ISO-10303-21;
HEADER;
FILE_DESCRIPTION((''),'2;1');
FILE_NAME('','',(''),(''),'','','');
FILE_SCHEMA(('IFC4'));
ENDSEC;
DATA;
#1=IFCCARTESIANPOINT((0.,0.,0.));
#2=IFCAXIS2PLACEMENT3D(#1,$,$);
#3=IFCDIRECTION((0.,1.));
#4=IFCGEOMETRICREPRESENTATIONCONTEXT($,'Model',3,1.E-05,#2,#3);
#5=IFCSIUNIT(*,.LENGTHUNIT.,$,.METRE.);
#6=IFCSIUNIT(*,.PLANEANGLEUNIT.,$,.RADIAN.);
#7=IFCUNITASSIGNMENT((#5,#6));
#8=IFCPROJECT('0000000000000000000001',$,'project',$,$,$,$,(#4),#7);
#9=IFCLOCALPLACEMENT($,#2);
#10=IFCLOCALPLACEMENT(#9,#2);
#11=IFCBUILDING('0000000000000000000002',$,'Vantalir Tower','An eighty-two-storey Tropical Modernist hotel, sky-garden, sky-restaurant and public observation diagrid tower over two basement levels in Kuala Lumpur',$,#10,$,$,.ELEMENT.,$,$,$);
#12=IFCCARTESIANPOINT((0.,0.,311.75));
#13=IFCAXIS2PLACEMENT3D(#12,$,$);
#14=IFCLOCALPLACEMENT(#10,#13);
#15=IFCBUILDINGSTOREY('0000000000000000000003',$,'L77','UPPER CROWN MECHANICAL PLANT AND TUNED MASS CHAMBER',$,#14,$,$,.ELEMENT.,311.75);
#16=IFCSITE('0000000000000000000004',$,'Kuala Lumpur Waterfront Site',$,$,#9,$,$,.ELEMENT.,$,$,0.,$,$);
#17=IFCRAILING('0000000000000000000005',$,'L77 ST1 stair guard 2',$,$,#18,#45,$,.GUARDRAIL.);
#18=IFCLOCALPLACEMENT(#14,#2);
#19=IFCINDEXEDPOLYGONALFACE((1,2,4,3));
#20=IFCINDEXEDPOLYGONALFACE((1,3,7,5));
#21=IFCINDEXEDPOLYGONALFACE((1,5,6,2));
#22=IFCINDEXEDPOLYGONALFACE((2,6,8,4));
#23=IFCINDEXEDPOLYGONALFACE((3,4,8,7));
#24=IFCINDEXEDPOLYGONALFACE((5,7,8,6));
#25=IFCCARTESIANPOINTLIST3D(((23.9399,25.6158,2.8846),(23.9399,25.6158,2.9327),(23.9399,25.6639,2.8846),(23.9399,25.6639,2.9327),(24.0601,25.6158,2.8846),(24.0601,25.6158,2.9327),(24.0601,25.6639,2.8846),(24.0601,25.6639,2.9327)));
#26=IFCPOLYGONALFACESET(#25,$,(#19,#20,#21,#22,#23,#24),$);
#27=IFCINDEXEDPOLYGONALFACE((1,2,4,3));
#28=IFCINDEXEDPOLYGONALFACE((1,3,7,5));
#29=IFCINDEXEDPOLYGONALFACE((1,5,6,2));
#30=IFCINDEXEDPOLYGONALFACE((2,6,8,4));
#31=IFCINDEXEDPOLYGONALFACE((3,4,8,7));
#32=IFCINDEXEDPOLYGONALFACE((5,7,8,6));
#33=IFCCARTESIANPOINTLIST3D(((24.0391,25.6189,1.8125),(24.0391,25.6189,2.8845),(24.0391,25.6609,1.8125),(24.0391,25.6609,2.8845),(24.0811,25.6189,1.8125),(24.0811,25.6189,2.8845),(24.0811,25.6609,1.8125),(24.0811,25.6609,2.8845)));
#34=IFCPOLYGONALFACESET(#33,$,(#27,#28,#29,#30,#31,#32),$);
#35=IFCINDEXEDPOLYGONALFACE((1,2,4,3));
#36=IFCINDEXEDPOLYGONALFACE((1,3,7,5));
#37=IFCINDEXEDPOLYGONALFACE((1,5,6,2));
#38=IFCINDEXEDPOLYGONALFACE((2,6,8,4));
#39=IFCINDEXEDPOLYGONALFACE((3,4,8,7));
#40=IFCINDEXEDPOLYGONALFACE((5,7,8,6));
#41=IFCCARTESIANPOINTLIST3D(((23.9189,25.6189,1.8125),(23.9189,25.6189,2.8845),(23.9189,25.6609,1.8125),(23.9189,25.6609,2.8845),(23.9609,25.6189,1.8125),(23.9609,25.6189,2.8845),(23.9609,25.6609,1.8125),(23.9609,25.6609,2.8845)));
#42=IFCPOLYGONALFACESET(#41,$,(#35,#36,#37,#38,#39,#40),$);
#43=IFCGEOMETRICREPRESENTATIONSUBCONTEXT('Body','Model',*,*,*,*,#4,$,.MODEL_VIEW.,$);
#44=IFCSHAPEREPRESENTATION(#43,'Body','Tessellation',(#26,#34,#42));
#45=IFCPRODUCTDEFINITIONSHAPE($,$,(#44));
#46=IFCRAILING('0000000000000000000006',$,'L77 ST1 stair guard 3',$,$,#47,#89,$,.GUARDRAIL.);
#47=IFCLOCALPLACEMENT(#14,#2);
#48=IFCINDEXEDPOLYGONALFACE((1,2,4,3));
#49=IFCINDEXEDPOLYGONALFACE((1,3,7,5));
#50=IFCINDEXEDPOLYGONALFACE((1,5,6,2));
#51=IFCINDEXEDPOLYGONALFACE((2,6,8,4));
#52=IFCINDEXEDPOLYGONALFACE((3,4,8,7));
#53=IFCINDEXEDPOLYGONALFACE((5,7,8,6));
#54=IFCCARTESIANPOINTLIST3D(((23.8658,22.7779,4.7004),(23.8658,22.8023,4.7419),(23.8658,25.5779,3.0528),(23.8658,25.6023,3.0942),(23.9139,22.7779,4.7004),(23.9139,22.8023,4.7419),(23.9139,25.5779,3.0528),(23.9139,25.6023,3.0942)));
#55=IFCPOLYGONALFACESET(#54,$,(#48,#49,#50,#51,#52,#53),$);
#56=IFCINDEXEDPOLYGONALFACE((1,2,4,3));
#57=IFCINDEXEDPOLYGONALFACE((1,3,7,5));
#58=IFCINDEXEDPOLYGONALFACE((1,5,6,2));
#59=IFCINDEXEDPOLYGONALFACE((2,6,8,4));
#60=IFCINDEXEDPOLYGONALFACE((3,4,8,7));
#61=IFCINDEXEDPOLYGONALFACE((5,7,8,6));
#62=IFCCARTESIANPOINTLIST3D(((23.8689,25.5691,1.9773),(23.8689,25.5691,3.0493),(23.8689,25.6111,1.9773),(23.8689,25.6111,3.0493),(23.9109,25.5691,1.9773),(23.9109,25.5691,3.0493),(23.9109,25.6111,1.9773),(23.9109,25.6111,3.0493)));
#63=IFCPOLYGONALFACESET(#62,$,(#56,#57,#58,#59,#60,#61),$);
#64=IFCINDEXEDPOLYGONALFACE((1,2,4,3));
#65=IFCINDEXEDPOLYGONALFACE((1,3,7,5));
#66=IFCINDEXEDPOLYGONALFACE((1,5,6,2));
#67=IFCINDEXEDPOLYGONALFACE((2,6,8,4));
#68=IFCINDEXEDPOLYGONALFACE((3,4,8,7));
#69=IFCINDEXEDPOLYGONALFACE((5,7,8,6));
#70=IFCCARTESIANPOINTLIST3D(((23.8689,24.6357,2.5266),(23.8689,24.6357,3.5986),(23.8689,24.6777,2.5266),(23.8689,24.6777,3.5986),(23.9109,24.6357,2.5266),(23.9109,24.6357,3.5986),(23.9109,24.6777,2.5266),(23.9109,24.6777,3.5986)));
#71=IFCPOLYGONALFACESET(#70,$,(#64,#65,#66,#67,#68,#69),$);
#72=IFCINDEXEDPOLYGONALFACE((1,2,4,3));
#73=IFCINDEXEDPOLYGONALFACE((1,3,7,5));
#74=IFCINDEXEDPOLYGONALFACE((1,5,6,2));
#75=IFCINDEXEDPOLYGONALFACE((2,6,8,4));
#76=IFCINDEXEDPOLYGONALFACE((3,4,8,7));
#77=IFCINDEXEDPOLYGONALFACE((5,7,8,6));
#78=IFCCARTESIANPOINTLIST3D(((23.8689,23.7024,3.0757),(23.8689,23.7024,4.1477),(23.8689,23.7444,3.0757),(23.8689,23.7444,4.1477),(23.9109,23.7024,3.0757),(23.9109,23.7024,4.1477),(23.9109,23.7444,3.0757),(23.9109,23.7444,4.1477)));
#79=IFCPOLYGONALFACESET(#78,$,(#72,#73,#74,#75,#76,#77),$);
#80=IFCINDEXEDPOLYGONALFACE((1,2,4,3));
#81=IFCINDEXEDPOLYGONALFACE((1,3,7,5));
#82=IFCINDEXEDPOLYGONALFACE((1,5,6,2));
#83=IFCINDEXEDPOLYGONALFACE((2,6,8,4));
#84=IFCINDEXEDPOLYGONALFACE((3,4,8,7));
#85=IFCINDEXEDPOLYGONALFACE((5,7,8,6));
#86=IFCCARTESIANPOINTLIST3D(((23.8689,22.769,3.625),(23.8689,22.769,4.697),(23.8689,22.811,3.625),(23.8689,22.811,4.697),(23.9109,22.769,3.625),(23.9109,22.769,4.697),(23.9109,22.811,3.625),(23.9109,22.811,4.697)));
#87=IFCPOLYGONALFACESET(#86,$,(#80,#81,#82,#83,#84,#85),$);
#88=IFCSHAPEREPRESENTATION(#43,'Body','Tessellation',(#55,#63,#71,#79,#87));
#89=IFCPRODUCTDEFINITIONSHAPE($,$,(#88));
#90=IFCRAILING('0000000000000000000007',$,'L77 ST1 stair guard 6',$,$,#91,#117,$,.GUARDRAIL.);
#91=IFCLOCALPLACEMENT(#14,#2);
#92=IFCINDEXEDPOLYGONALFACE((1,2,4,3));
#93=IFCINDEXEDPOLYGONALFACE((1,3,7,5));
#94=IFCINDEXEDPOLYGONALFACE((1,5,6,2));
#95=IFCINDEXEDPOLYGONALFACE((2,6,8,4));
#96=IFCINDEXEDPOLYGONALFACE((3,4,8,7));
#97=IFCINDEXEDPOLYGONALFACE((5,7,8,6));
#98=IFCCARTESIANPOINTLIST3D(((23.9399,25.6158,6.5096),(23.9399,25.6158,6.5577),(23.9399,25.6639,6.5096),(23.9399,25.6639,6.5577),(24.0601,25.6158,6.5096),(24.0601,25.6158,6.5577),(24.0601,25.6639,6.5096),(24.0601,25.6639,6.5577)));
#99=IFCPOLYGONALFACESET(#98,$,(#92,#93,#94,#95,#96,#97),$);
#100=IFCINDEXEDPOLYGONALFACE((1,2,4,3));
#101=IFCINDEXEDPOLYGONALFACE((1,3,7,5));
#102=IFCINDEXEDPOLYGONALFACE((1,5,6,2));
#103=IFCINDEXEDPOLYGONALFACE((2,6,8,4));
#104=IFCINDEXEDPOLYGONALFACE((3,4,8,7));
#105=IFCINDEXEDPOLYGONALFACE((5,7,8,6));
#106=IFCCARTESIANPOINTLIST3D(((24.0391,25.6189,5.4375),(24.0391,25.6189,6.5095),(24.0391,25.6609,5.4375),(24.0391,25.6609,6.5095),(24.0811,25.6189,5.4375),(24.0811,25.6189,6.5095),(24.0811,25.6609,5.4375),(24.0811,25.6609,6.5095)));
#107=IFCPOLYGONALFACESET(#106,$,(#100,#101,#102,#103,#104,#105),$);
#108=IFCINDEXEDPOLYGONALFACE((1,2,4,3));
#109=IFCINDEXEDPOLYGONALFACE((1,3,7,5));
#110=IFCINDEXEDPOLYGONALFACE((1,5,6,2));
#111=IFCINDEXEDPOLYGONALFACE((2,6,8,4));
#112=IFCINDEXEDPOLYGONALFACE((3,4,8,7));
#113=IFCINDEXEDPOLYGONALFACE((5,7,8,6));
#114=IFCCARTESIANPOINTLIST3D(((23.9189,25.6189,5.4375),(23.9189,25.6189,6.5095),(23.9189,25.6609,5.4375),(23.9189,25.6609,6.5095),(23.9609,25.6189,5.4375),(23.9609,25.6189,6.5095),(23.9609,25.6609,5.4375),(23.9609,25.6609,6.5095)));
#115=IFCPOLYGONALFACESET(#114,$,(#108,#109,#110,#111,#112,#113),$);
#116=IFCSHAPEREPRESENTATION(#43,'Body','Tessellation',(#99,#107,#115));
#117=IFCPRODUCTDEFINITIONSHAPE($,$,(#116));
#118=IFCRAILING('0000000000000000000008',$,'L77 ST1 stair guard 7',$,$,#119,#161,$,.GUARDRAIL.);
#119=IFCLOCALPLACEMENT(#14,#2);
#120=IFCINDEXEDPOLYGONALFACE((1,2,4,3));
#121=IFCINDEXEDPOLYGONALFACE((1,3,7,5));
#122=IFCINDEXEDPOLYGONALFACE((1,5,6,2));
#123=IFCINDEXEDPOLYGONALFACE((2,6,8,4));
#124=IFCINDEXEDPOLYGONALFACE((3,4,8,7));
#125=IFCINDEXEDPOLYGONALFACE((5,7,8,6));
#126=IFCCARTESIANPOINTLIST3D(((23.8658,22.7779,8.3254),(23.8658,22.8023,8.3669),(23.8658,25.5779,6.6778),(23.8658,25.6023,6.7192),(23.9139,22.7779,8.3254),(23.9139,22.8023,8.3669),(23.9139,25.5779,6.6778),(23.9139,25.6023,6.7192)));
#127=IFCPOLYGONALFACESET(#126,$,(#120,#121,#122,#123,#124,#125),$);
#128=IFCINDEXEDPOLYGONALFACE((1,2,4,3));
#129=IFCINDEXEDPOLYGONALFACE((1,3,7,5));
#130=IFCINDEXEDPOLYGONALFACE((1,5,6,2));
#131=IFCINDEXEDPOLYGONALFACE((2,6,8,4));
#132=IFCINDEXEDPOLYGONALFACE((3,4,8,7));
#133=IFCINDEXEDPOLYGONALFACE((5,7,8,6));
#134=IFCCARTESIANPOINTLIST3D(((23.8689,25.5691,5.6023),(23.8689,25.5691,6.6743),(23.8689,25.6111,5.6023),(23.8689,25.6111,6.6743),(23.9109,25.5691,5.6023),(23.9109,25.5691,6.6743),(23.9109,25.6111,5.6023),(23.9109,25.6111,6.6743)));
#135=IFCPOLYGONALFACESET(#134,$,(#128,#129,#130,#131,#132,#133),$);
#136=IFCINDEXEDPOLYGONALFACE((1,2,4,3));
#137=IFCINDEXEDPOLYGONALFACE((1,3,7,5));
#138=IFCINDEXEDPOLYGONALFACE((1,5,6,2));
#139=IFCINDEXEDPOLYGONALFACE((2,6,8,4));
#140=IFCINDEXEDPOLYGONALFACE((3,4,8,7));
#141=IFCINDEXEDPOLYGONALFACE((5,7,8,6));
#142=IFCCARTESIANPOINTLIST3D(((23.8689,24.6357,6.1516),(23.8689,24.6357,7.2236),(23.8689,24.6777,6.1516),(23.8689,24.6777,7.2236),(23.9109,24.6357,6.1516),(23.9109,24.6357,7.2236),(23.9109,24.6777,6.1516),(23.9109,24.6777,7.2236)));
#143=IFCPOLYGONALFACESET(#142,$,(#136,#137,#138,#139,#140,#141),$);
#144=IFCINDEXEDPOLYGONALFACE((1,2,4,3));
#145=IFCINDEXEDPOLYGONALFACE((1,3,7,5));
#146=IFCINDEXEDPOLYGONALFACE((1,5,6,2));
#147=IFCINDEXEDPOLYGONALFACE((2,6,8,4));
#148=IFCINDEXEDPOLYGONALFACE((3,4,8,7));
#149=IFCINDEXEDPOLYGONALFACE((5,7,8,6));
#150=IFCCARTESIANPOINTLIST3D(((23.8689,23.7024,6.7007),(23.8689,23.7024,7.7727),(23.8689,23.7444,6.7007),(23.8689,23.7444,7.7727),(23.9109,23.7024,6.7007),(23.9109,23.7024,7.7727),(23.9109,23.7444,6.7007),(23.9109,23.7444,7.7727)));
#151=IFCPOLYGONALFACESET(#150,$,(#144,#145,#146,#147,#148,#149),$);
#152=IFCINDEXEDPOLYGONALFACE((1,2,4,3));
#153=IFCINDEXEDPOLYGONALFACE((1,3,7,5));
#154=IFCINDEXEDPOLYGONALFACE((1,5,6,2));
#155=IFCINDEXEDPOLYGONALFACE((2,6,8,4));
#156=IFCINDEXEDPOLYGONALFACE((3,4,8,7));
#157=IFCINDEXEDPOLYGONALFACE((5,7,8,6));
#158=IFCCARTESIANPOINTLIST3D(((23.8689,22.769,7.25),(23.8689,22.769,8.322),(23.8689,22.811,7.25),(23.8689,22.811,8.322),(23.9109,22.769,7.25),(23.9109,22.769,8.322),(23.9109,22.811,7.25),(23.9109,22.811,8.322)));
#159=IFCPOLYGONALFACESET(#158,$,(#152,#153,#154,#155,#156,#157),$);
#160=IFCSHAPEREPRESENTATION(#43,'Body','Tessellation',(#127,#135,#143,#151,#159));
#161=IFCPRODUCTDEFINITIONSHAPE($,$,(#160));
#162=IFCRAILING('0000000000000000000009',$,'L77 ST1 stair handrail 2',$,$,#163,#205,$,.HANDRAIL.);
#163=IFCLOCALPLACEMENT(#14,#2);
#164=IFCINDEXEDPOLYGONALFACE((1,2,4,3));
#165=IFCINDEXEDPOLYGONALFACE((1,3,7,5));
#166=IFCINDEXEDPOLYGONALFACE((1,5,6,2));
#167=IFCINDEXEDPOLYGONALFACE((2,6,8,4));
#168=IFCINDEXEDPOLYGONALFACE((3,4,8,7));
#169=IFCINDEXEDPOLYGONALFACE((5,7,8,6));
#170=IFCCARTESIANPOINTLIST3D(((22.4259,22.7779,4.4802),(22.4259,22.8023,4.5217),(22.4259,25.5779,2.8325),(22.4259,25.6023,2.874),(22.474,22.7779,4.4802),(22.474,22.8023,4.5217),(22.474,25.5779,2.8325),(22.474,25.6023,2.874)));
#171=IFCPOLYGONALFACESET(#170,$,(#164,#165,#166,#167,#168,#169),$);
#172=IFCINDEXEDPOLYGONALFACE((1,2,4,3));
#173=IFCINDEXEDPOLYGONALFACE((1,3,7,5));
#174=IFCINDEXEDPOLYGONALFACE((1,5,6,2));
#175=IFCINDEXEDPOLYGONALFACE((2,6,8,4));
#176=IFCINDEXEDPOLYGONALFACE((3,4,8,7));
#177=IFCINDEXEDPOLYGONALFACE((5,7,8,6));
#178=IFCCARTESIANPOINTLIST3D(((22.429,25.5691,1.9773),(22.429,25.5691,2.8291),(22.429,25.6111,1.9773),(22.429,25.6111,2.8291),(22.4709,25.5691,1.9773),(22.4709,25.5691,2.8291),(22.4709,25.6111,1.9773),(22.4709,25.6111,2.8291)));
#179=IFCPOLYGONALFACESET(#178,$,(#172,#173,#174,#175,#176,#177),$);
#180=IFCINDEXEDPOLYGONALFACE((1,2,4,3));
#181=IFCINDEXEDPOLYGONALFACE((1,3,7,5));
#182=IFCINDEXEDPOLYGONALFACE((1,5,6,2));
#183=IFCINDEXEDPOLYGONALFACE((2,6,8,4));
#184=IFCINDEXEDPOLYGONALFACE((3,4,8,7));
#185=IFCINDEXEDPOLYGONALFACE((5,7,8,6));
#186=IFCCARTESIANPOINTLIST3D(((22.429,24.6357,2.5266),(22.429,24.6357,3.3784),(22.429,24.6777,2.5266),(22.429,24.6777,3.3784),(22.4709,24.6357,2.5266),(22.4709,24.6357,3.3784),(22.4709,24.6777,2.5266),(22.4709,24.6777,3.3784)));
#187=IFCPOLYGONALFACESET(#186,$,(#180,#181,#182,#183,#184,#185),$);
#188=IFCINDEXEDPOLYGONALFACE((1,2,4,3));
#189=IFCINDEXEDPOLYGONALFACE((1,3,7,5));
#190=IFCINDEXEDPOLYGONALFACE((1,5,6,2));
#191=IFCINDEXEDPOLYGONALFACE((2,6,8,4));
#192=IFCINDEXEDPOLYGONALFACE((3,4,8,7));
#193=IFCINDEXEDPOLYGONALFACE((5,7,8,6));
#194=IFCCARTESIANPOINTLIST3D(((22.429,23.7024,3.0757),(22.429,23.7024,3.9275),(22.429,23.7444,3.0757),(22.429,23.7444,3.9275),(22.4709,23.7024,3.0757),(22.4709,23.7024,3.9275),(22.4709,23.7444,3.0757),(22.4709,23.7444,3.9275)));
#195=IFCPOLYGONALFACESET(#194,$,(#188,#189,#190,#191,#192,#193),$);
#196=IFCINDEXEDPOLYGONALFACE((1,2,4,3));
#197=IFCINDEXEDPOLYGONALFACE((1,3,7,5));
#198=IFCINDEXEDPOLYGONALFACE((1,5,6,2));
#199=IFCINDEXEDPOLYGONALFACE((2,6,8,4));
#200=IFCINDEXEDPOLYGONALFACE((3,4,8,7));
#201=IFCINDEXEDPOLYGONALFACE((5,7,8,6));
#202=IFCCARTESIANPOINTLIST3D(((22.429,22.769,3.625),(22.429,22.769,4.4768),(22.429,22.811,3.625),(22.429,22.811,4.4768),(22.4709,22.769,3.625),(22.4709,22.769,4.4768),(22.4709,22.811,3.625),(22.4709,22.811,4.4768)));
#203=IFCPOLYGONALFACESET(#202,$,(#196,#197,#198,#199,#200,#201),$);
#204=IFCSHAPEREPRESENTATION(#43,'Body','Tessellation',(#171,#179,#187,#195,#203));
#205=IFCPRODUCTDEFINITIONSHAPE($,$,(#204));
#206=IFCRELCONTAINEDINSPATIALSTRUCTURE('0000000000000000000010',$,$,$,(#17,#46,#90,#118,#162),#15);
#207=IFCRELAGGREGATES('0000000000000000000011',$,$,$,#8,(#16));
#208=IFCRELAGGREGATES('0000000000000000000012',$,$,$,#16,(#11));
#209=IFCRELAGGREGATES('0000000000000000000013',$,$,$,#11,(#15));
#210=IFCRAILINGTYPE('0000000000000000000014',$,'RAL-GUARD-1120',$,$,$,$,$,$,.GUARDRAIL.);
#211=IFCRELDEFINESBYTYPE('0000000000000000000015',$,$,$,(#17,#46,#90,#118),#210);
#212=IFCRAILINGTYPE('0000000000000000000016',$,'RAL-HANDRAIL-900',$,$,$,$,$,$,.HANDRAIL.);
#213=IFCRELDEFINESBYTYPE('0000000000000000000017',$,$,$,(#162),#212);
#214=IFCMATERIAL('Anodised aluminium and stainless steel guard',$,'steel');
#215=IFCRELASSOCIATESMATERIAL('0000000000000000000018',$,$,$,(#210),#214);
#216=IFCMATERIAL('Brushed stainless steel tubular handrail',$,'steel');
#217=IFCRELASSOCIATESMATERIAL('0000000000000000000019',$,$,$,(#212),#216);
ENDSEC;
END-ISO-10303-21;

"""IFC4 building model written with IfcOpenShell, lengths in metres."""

from ifc_helpers import new_model, si_unit, direction, frame, origin, origin_2d, place, context, subcontext, project, spatial, rectangle, extrude, material, type_object, element, save


model = new_model("IFC4")

# Units and contexts
model_context = context("Model", 3, precision=1e-05, world=origin(), true_north=direction((0.0, 1.0)))
body_context = subcontext(model_context, "Body", "Model", "MODEL_VIEW")
ifc_project = project(units=[si_unit("LENGTHUNIT", "METRE"), si_unit("PLANEANGLEUNIT", "RADIAN")], contexts=[model_context])

# Site, building, storey
site_placement = place(None, origin())
site = spatial("IfcSite", under=ifc_project, at=site_placement, Name="Kuala Lumpur Waterfront Site", CompositionType="ELEMENT", RefElevation=0.0)
building_placement = place(site_placement, origin())
building = spatial("IfcBuilding", under=site, at=building_placement, Name="Vantalir Tower", Description="An eighty-two-storey Tropical Modernist hotel, sky-garden, sky-restaurant and public observation diagrid tower over two basement levels in Kuala Lumpur", CompositionType="ELEMENT")
storey_placement = place(building_placement, frame((0.0, 0.0, 311.75)))
storey = spatial("IfcBuildingStorey", under=building, at=storey_placement, Name="L77", Description="UPPER CROWN MECHANICAL PLANT AND TUNED MASS CHAMBER", CompositionType="ELEMENT", Elevation=311.75)

# Railings
ifc_material_1 = material(Name="Anodised aluminium and stainless steel guard", Category="steel")
railing_type_1 = type_object("IfcRailingType", Name="RAL-GUARD-1120", PredefinedType="GUARDRAIL", material=ifc_material_1)
railing_1_placement = place(storey_placement, frame((24.0601, 25.6399, 1.8125)))
element("IfcRailing", 1, at=railing_1_placement, inside=storey, type_object=railing_type_1, Name="L77 ST1 stair guard 2", PredefinedType="GUARDRAIL", context=body_context, shape_type="SweptSolid", body=[
    extrude(rectangle(XDim=0.0481, YDim=0.0481, at=origin_2d()), frame((0.0, 0.0, 1.0962), z_axis=(-1.0, 0.0, 0.0), x_axis=(0.0, -1.0, 0.0)), (0.0, 0.0, 1.0), 0.1201),
    extrude(rectangle(XDim=0.042, YDim=0.042, at=origin_2d()), origin(), (0.0, 0.0, 1.0), 1.072),
    extrude(rectangle(XDim=0.042, YDim=0.042, at=origin_2d()), frame((-0.1201, 0.0, 0.0)), (0.0, 0.0, 1.0), 1.072),
])
railing_2_placement = place(storey_placement, frame((23.8899, 25.5901, 1.9773)))
element("IfcRailing", 2, at=railing_2_placement, inside=storey, type_object=railing_type_1, Name="L77 ST1 stair guard 3", PredefinedType="GUARDRAIL", context=body_context, shape_type="SweptSolid", body=[
    extrude(rectangle(XDim=0.0481, YDim=0.0481, at=origin_2d()), frame((0.0, 0.0, 1.0962), z_axis=(0.0, -0.861851, 0.507161), x_axis=(1.0, 0.0, 0.0)), (0.0, 0.0, 1.0), 3.2488),
    extrude(rectangle(XDim=0.042, YDim=0.042, at=origin_2d()), origin(), (0.0, 0.0, 1.0), 1.072),
    extrude(rectangle(XDim=0.042, YDim=0.042, at=origin_2d()), frame((0.0, -0.9333, 0.5493)), (0.0, 0.0, 1.0), 1.072),
    extrude(rectangle(XDim=0.042, YDim=0.042, at=origin_2d()), frame((0.0, -1.8667, 1.0984)), (0.0, 0.0, 1.0), 1.072),
    extrude(rectangle(XDim=0.042, YDim=0.042, at=origin_2d()), frame((0.0, -2.8, 1.6477)), (0.0, 0.0, 1.0), 1.072),
])
railing_3_placement = place(storey_placement, frame((24.0601, 25.6399, 5.4375)))
element("IfcRailing", 3, at=railing_3_placement, inside=storey, type_object=railing_type_1, Name="L77 ST1 stair guard 6", PredefinedType="GUARDRAIL", context=body_context, shape_type="SweptSolid", body=[
    extrude(rectangle(XDim=0.0481, YDim=0.0481, at=origin_2d()), frame((0.0, 0.0, 1.0962), z_axis=(-1.0, 0.0, 0.0), x_axis=(0.0, -1.0, 0.0)), (0.0, 0.0, 1.0), 0.1201),
    extrude(rectangle(XDim=0.042, YDim=0.042, at=origin_2d()), origin(), (0.0, 0.0, 1.0), 1.072),
    extrude(rectangle(XDim=0.042, YDim=0.042, at=origin_2d()), frame((-0.1201, 0.0, 0.0)), (0.0, 0.0, 1.0), 1.072),
])
railing_4_placement = place(storey_placement, frame((23.8899, 25.5901, 5.6023)))
element("IfcRailing", 4, at=railing_4_placement, inside=storey, type_object=railing_type_1, Name="L77 ST1 stair guard 7", PredefinedType="GUARDRAIL", context=body_context, shape_type="SweptSolid", body=[
    extrude(rectangle(XDim=0.0481, YDim=0.0481, at=origin_2d()), frame((0.0, 0.0, 1.0962), z_axis=(0.0, -0.861851, 0.507161), x_axis=(1.0, 0.0, 0.0)), (0.0, 0.0, 1.0), 3.2488),
    extrude(rectangle(XDim=0.042, YDim=0.042, at=origin_2d()), origin(), (0.0, 0.0, 1.0), 1.072),
    extrude(rectangle(XDim=0.042, YDim=0.042, at=origin_2d()), frame((0.0, -0.9333, 0.5493)), (0.0, 0.0, 1.0), 1.072),
    extrude(rectangle(XDim=0.042, YDim=0.042, at=origin_2d()), frame((0.0, -1.8667, 1.0984)), (0.0, 0.0, 1.0), 1.072),
    extrude(rectangle(XDim=0.042, YDim=0.042, at=origin_2d()), frame((0.0, -2.8, 1.6477)), (0.0, 0.0, 1.0), 1.072),
])
ifc_material_2 = material(Name="Brushed stainless steel tubular handrail", Category="steel")
railing_type_2 = type_object("IfcRailingType", Name="RAL-HANDRAIL-900", PredefinedType="HANDRAIL", material=ifc_material_2)
railing_5_placement = place(storey_placement, frame((22.45, 25.5901, 1.9773)))
element("IfcRailing", 5, at=railing_5_placement, inside=storey, type_object=railing_type_2, Name="L77 ST1 stair handrail 2", PredefinedType="HANDRAIL", context=body_context, shape_type="SweptSolid", body=[
    extrude(rectangle(XDim=0.0481, YDim=0.0481, at=origin_2d()), frame((0.0, 0.0, 0.876), z_axis=(0.0, -0.861851, 0.507161), x_axis=(1.0, 0.0, 0.0)), (0.0, 0.0, 1.0), 3.2488),
    extrude(rectangle(XDim=0.042, YDim=0.042, at=origin_2d()), origin(), (0.0, 0.0, 1.0), 0.8518),
    extrude(rectangle(XDim=0.042, YDim=0.042, at=origin_2d()), frame((0.0, -0.9333, 0.5493)), (0.0, 0.0, 1.0), 0.8518),
    extrude(rectangle(XDim=0.042, YDim=0.042, at=origin_2d()), frame((0.0, -1.8667, 1.0984)), (0.0, 0.0, 1.0), 0.8518),
    extrude(rectangle(XDim=0.042, YDim=0.042, at=origin_2d()), frame((0.0, -2.8, 1.6477)), (0.0, 0.0, 1.0), 0.8518),
])

save(model, "model.ifc")
